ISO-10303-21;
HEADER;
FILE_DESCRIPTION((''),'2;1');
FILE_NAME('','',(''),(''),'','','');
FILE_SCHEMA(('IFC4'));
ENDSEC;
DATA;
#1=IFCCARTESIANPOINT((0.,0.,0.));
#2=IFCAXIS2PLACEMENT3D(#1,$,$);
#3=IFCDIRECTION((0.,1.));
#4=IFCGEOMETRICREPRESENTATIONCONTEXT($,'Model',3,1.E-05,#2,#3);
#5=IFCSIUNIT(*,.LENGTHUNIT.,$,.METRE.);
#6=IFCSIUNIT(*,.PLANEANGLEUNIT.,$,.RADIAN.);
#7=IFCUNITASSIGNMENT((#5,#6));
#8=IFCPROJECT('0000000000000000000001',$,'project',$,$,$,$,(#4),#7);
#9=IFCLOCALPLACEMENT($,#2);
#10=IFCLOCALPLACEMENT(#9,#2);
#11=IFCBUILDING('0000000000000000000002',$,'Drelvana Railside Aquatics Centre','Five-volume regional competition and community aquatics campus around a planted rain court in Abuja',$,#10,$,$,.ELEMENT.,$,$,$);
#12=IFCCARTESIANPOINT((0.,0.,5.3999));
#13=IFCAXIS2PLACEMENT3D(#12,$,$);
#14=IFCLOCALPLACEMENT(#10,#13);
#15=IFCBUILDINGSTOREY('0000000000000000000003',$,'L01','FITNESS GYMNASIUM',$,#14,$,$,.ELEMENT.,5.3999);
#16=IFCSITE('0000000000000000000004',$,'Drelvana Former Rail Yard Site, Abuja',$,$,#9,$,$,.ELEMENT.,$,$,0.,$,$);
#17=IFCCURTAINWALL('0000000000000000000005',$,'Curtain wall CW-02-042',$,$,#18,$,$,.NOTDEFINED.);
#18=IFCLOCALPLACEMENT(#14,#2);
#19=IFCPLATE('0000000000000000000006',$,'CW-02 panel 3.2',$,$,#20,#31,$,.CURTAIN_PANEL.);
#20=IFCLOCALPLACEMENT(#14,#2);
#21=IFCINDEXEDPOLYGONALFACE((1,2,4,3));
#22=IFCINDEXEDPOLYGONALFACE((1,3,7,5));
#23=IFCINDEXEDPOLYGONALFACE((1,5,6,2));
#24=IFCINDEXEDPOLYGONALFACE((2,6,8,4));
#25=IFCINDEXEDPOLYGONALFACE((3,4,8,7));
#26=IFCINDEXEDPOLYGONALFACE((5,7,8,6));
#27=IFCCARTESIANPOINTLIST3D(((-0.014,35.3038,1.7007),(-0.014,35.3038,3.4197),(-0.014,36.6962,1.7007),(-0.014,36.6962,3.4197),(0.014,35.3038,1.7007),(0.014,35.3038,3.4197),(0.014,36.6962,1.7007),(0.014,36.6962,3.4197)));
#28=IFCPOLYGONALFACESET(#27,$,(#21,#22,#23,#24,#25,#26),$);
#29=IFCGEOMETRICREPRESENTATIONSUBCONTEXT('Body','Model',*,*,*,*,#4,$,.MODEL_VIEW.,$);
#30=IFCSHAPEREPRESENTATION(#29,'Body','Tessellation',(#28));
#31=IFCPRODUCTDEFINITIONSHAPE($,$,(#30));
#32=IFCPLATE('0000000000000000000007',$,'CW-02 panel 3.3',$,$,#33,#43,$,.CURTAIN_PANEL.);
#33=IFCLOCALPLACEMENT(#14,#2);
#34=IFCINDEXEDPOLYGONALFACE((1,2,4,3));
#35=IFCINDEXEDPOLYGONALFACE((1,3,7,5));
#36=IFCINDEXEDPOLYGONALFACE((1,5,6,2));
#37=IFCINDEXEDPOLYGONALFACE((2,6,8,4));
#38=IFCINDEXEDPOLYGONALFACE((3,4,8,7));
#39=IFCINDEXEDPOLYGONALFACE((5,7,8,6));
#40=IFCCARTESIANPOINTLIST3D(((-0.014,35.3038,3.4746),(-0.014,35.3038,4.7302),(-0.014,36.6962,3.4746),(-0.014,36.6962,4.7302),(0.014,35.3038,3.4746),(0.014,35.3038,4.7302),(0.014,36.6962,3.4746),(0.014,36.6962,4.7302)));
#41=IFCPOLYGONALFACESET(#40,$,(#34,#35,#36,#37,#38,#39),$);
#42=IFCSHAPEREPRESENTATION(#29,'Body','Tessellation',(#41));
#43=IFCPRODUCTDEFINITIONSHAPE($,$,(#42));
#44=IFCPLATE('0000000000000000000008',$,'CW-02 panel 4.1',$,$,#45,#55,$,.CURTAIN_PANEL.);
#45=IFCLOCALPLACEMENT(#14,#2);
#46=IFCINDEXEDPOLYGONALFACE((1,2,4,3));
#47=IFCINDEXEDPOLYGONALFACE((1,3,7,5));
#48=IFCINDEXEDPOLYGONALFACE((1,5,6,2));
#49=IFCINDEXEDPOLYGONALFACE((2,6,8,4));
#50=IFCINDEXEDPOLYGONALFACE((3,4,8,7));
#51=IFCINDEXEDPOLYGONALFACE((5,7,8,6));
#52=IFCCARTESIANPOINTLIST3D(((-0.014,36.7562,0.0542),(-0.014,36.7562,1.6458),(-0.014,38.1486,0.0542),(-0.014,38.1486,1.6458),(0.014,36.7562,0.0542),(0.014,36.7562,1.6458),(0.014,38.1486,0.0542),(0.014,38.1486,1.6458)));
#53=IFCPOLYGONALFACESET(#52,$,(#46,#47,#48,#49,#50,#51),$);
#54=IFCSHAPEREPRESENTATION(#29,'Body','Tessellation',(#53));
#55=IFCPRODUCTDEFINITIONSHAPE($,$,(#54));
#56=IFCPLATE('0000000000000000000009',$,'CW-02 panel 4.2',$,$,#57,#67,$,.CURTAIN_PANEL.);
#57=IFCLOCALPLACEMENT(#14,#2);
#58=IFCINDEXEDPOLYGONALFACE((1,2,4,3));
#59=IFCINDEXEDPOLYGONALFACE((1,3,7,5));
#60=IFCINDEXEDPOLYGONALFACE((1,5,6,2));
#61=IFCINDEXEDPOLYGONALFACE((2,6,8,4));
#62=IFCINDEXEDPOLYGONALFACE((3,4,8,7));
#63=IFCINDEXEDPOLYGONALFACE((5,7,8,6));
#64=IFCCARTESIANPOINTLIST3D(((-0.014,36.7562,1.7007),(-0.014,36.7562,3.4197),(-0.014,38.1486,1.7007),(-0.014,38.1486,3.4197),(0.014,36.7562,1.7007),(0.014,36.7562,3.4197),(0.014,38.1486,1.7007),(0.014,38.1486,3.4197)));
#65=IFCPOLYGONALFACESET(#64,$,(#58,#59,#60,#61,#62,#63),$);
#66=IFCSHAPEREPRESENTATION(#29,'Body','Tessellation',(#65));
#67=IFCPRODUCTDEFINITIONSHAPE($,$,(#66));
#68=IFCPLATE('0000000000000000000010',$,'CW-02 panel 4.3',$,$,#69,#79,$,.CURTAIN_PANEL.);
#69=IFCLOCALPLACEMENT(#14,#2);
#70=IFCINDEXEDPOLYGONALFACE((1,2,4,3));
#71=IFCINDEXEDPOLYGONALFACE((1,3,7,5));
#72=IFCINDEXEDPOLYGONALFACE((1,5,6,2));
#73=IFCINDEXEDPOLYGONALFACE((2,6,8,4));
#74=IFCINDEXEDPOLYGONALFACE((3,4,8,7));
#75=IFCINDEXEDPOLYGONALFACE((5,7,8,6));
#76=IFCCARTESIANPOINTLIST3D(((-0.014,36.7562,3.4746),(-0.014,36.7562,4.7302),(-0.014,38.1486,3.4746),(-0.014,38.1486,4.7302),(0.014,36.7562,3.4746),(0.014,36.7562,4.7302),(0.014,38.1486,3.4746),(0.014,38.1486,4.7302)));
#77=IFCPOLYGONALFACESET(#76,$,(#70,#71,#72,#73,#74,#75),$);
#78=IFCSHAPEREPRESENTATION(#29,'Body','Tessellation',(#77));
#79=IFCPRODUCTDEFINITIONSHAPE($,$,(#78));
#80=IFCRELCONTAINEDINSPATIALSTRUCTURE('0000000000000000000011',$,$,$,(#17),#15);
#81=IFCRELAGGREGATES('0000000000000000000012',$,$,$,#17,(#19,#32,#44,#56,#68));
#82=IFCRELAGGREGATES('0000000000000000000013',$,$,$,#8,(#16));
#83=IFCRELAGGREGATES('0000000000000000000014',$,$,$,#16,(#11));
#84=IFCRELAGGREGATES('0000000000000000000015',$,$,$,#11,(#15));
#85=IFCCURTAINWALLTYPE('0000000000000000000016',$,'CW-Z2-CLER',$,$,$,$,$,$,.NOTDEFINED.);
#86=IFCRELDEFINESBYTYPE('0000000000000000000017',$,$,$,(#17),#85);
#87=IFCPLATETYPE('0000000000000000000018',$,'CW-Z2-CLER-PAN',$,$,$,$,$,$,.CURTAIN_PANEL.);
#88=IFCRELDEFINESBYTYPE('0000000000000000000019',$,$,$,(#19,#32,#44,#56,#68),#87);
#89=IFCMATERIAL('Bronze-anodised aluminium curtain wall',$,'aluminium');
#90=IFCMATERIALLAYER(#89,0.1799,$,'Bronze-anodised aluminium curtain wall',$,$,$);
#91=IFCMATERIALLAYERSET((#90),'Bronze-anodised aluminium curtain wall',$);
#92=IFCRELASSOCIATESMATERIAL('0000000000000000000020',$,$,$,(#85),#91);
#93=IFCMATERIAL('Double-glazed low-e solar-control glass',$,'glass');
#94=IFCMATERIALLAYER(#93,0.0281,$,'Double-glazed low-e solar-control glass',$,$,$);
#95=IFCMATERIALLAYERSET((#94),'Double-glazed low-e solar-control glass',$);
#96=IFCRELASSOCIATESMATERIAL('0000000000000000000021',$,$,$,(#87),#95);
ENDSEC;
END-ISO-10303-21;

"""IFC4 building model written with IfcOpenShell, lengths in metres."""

from ifc_helpers import new_model, si_unit, direction, frame, origin, origin_2d, place, context, subcontext, project, spatial, rectangle, extrude, material, layer, layer_set, type_object, element, aggregate, save


model = new_model("IFC4")

# Units and contexts
model_context = context("Model", 3, precision=1e-05, world=origin(), true_north=direction((0.0, 1.0)))
body_context = subcontext(model_context, "Body", "Model", "MODEL_VIEW")
ifc_project = project(units=[si_unit("LENGTHUNIT", "METRE"), si_unit("PLANEANGLEUNIT", "RADIAN")], contexts=[model_context])

# Site, building, storey
site_placement = place(None, origin())
site = spatial("IfcSite", under=ifc_project, at=site_placement, Name="Drelvana Former Rail Yard Site, Abuja", CompositionType="ELEMENT", RefElevation=0.0)
building_placement = place(site_placement, origin())
building = spatial("IfcBuilding", under=site, at=building_placement, Name="Drelvana Railside Aquatics Centre", Description="Five-volume regional competition and community aquatics campus around a planted rain court in Abuja", CompositionType="ELEMENT")
storey_placement = place(building_placement, frame((0.0, 0.0, 5.3999)))
storey = spatial("IfcBuildingStorey", under=building, at=storey_placement, Name="L01", Description="FITNESS GYMNASIUM", CompositionType="ELEMENT", Elevation=5.3999)

# Curtain wall, plates
ifc_material_1 = material(Name="Bronze-anodised aluminium curtain wall", Category="aluminium")
ifc_layer_1 = layer(ifc_material_1, 0.1799, Name="Bronze-anodised aluminium curtain wall")
ifc_layer_set_1 = layer_set([ifc_layer_1], Name="Bronze-anodised aluminium curtain wall")
curtain_wall_type = type_object("IfcCurtainWallType", Name="CW-Z2-CLER", PredefinedType="NOTDEFINED", material=ifc_layer_set_1)
curtain_wall_placement = place(storey_placement, origin())
curtain_wall = element("IfcCurtainWall", 1, at=curtain_wall_placement, inside=storey, type_object=curtain_wall_type, Name="Curtain wall CW-02-042", PredefinedType="NOTDEFINED")
ifc_material_2 = material(Name="Double-glazed low-e solar-control glass", Category="glass")
ifc_layer_2 = layer(ifc_material_2, 0.0281, Name="Double-glazed low-e solar-control glass")
ifc_layer_set_2 = layer_set([ifc_layer_2], Name="Double-glazed low-e solar-control glass")
plate_type = type_object("IfcPlateType", Name="CW-Z2-CLER-PAN", PredefinedType="CURTAIN_PANEL", material=ifc_layer_set_2)
plate_1_placement = place(storey_placement, frame((0.0, 36.0, 1.7007), z_axis=(0.0, 0.0, 1.0), x_axis=(0.0, 1.0, 0.0)))
plate_1 = element("IfcPlate", 2, at=plate_1_placement, type_object=plate_type, Name="CW-02 panel 3.2", PredefinedType="CURTAIN_PANEL", context=body_context, shape_type="SweptSolid", body=[
    extrude(rectangle(XDim=1.3923, YDim=0.0281, at=origin_2d()), origin(), (0.0, 0.0, 1.0), 1.719),
])
plate_2_placement = place(storey_placement, frame((0.0, 36.0, 3.4746), z_axis=(0.0, 0.0, 1.0), x_axis=(0.0, 1.0, 0.0)))
plate_2 = element("IfcPlate", 3, at=plate_2_placement, type_object=plate_type, Name="CW-02 panel 3.3", PredefinedType="CURTAIN_PANEL", context=body_context, shape_type="SweptSolid", body=[
    extrude(rectangle(XDim=1.3923, YDim=0.0281, at=origin_2d()), origin(), (0.0, 0.0, 1.0), 1.2556),
])
plate_3_placement = place(storey_placement, frame((0.0, 37.4524, 0.0542), z_axis=(0.0, 0.0, 1.0), x_axis=(0.0, 1.0, 0.0)))
plate_3 = element("IfcPlate", 4, at=plate_3_placement, type_object=plate_type, Name="CW-02 panel 4.1", PredefinedType="CURTAIN_PANEL", context=body_context, shape_type="SweptSolid", body=[
    extrude(rectangle(XDim=1.3923, YDim=0.0281, at=origin_2d()), origin(), (0.0, 0.0, 1.0), 1.5916),
])
plate_4_placement = place(storey_placement, frame((0.0, 37.4524, 1.7007), z_axis=(0.0, 0.0, 1.0), x_axis=(0.0, 1.0, 0.0)))
plate_4 = element("IfcPlate", 5, at=plate_4_placement, type_object=plate_type, Name="CW-02 panel 4.2", PredefinedType="CURTAIN_PANEL", context=body_context, shape_type="SweptSolid", body=[
    extrude(rectangle(XDim=1.3923, YDim=0.0281, at=origin_2d()), origin(), (0.0, 0.0, 1.0), 1.719),
])
plate_5_placement = place(storey_placement, frame((0.0, 37.4524, 3.4746), z_axis=(0.0, 0.0, 1.0), x_axis=(0.0, 1.0, 0.0)))
plate_5 = element("IfcPlate", 6, at=plate_5_placement, type_object=plate_type, Name="CW-02 panel 4.3", PredefinedType="CURTAIN_PANEL", context=body_context, shape_type="SweptSolid", body=[
    extrude(rectangle(XDim=1.3923, YDim=0.0281, at=origin_2d()), origin(), (0.0, 0.0, 1.0), 1.2556),
])
aggregate(curtain_wall, [plate_1, plate_2, plate_3, plate_4, plate_5])

save(model, "model.ifc")
